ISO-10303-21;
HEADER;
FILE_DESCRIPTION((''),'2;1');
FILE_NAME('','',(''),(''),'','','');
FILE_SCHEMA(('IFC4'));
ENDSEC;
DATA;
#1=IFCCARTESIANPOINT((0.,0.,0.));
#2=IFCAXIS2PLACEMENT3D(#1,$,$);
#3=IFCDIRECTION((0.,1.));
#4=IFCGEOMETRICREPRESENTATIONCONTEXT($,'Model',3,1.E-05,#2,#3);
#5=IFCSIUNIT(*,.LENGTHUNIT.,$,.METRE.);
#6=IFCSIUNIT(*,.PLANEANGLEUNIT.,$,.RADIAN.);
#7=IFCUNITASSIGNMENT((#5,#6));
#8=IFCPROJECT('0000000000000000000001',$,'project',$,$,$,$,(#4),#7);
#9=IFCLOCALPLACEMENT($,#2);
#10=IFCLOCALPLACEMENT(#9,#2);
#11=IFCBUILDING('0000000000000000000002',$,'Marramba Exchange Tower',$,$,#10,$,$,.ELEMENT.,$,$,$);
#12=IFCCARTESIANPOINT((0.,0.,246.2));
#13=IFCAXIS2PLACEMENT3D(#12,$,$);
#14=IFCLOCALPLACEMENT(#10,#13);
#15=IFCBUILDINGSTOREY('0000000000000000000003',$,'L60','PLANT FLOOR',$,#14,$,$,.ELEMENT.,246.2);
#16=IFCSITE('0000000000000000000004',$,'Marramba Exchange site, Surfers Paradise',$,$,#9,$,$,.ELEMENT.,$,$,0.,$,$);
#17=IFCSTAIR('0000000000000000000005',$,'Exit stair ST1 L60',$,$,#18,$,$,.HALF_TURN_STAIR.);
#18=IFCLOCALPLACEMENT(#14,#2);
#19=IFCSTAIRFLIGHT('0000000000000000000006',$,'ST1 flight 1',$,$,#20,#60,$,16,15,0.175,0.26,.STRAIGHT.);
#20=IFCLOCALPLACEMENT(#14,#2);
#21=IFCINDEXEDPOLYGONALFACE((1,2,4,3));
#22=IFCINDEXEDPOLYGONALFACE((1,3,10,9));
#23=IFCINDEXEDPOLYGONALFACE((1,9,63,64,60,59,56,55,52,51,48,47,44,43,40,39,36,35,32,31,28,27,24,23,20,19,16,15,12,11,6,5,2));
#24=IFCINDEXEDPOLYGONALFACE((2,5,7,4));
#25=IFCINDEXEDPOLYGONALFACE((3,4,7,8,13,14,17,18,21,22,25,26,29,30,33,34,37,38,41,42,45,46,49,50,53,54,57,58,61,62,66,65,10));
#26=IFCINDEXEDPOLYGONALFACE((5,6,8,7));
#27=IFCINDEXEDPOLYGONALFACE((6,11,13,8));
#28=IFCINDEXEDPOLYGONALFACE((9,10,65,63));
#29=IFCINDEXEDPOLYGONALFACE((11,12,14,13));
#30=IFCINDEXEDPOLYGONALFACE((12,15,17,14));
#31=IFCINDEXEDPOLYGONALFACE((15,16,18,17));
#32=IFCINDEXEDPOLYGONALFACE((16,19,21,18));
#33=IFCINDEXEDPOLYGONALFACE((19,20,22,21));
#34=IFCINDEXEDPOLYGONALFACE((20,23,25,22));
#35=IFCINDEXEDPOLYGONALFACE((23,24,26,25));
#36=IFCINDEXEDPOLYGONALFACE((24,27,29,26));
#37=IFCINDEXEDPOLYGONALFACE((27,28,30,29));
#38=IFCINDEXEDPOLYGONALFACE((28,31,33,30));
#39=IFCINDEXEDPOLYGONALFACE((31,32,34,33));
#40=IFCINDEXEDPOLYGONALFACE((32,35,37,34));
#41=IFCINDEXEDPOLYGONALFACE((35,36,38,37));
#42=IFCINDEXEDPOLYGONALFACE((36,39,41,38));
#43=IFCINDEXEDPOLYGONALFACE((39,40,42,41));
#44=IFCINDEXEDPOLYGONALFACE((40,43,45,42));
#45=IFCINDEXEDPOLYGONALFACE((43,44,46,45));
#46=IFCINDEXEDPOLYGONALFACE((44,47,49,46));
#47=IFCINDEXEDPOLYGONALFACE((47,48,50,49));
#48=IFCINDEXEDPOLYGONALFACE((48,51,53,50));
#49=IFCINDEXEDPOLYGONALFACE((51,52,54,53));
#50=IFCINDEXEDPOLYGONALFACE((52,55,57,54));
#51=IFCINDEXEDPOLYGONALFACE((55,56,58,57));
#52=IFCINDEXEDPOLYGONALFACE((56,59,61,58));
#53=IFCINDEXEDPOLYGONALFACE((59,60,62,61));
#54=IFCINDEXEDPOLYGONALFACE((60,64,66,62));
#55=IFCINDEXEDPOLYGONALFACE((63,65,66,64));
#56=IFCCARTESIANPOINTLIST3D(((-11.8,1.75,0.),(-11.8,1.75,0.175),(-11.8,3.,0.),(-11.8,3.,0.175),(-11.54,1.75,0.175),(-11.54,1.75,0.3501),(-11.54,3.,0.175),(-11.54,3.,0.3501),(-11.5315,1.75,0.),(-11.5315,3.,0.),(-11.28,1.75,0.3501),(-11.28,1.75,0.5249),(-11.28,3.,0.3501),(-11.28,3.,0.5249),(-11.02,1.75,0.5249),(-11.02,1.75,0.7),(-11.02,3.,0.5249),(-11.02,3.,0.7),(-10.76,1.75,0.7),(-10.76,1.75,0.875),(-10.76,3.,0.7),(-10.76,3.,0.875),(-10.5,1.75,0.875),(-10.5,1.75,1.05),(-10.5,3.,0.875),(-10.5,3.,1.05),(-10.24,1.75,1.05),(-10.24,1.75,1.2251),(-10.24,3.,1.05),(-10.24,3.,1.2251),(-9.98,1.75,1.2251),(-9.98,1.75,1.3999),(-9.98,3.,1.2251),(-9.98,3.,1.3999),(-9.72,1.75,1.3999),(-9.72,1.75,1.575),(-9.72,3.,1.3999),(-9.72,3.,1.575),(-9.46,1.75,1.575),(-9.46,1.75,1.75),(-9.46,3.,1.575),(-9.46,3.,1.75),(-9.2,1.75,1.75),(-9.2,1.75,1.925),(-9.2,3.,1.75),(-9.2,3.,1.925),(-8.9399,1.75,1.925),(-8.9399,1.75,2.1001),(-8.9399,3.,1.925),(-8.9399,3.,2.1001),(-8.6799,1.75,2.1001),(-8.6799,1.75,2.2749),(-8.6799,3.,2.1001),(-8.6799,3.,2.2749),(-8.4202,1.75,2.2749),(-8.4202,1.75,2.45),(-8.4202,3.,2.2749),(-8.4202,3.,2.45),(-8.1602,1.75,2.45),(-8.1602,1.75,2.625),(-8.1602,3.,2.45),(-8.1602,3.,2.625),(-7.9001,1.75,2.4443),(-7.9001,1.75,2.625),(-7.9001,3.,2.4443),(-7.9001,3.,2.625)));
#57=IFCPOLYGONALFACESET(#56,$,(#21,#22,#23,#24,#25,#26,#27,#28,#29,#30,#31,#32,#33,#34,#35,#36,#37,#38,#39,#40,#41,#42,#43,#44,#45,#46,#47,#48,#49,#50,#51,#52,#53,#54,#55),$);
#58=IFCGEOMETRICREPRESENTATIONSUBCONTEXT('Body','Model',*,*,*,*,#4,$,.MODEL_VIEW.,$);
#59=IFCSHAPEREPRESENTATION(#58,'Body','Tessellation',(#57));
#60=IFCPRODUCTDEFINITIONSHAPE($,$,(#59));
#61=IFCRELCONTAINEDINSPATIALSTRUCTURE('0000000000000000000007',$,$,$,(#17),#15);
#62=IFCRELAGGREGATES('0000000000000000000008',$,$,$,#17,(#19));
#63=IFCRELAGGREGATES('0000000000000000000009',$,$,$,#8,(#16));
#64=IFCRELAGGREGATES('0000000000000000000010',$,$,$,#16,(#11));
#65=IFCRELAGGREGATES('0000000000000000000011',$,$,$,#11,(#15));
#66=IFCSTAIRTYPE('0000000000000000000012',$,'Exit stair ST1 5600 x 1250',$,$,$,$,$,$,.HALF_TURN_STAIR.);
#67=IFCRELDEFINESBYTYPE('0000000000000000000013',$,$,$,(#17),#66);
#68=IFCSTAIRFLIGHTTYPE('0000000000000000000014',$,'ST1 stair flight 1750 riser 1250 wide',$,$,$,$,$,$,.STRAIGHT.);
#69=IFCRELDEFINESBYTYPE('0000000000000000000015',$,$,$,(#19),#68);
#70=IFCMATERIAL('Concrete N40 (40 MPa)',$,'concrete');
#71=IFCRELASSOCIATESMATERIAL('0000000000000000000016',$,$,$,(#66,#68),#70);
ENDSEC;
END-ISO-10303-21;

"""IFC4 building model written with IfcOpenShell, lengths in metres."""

from ifc_helpers import new_model, si_unit, direction, frame, origin, place, context, subcontext, project, spatial, polyline, outline, extrude, material, type_object, element, aggregate, save


model = new_model("IFC4")

# Units and contexts
model_context = context("Model", 3, precision=1e-05, world=origin(), true_north=direction((0.0, 1.0)))
body_context = subcontext(model_context, "Body", "Model", "MODEL_VIEW")
ifc_project = project(units=[si_unit("LENGTHUNIT", "METRE"), si_unit("PLANEANGLEUNIT", "RADIAN")], contexts=[model_context])

# Site, building, storey
site_placement = place(None, origin())
site = spatial("IfcSite", under=ifc_project, at=site_placement, Name="Marramba Exchange site, Surfers Paradise", CompositionType="ELEMENT", RefElevation=0.0)
building_placement = place(site_placement, origin())
building = spatial("IfcBuilding", under=site, at=building_placement, Name="Marramba Exchange Tower", CompositionType="ELEMENT")
storey_placement = place(building_placement, frame((0.0, 0.0, 246.2)))
storey = spatial("IfcBuildingStorey", under=building, at=storey_placement, Name="L60", Description="PLANT FLOOR", CompositionType="ELEMENT", Elevation=246.2)

# Stair, stair flight
ifc_material_1 = material(Name="Concrete N40 (40 MPa)", Category="concrete")
stair_type = type_object("IfcStairType", Name="Exit stair ST1 5600 x 1250", PredefinedType="HALF_TURN_STAIR", material=ifc_material_1)
stair_placement = place(storey_placement, origin())
stair = element("IfcStair", 1, at=stair_placement, inside=storey, type_object=stair_type, Name="Exit stair ST1 L60", PredefinedType="HALF_TURN_STAIR")
stair_flight_type = type_object("IfcStairFlightType", Name="ST1 stair flight 1750 riser 1250 wide", PredefinedType="STRAIGHT", material=ifc_material_1)
stair_flight_placement = place(storey_placement, frame((-11.8, 2.375, 0.0), z_axis=(0.0, 0.0, 1.0), x_axis=(1.0, 0.0, 0.0)))
stair_flight = element("IfcStairFlight", 2, at=stair_flight_placement, type_object=stair_flight_type, Name="ST1 flight 1", NumberOfRisers=16, NumberOfTreads=15, PredefinedType="STRAIGHT", RiserHeight=0.175, TreadLength=0.26, context=body_context, shape_type="SweptSolid", body=[
    extrude(outline(polyline([(0.0, 0.0), (0.0, 0.175), (0.26, 0.175), (0.26, 0.3501), (0.52, 0.3501), (0.52, 0.5249), (0.78, 0.5249), (0.78, 0.7), (1.04, 0.7), (1.04, 0.875), (1.3, 0.875), (1.3, 1.05), (1.5601, 1.05), (1.5601, 1.2251), (1.8201, 1.2251), (1.8201, 1.3999), (2.0801, 1.3999), (2.0801, 1.575), (2.3401, 1.575), (2.3401, 1.75), (2.6001, 1.75), (2.6001, 1.925), (2.8601, 1.925), (2.8601, 2.1001), (3.1201, 2.1001), (3.1201, 2.2749), (3.3799, 2.2749), (3.3799, 2.45), (3.6399, 2.45), (3.6399, 2.625), (3.8999, 2.625), (3.8999, 2.8), (3.8999, 2.4443), (0.2686, 0.0), (0.0, 0.0)])), frame((0.0, 0.625, 0.0), z_axis=(0.0, -1.0, 0.0), x_axis=(1.0, 0.0, 0.0)), (0.0, 0.0, 1.0), 1.25),
])
aggregate(stair, [stair_flight])

save(model, "model.ifc")
